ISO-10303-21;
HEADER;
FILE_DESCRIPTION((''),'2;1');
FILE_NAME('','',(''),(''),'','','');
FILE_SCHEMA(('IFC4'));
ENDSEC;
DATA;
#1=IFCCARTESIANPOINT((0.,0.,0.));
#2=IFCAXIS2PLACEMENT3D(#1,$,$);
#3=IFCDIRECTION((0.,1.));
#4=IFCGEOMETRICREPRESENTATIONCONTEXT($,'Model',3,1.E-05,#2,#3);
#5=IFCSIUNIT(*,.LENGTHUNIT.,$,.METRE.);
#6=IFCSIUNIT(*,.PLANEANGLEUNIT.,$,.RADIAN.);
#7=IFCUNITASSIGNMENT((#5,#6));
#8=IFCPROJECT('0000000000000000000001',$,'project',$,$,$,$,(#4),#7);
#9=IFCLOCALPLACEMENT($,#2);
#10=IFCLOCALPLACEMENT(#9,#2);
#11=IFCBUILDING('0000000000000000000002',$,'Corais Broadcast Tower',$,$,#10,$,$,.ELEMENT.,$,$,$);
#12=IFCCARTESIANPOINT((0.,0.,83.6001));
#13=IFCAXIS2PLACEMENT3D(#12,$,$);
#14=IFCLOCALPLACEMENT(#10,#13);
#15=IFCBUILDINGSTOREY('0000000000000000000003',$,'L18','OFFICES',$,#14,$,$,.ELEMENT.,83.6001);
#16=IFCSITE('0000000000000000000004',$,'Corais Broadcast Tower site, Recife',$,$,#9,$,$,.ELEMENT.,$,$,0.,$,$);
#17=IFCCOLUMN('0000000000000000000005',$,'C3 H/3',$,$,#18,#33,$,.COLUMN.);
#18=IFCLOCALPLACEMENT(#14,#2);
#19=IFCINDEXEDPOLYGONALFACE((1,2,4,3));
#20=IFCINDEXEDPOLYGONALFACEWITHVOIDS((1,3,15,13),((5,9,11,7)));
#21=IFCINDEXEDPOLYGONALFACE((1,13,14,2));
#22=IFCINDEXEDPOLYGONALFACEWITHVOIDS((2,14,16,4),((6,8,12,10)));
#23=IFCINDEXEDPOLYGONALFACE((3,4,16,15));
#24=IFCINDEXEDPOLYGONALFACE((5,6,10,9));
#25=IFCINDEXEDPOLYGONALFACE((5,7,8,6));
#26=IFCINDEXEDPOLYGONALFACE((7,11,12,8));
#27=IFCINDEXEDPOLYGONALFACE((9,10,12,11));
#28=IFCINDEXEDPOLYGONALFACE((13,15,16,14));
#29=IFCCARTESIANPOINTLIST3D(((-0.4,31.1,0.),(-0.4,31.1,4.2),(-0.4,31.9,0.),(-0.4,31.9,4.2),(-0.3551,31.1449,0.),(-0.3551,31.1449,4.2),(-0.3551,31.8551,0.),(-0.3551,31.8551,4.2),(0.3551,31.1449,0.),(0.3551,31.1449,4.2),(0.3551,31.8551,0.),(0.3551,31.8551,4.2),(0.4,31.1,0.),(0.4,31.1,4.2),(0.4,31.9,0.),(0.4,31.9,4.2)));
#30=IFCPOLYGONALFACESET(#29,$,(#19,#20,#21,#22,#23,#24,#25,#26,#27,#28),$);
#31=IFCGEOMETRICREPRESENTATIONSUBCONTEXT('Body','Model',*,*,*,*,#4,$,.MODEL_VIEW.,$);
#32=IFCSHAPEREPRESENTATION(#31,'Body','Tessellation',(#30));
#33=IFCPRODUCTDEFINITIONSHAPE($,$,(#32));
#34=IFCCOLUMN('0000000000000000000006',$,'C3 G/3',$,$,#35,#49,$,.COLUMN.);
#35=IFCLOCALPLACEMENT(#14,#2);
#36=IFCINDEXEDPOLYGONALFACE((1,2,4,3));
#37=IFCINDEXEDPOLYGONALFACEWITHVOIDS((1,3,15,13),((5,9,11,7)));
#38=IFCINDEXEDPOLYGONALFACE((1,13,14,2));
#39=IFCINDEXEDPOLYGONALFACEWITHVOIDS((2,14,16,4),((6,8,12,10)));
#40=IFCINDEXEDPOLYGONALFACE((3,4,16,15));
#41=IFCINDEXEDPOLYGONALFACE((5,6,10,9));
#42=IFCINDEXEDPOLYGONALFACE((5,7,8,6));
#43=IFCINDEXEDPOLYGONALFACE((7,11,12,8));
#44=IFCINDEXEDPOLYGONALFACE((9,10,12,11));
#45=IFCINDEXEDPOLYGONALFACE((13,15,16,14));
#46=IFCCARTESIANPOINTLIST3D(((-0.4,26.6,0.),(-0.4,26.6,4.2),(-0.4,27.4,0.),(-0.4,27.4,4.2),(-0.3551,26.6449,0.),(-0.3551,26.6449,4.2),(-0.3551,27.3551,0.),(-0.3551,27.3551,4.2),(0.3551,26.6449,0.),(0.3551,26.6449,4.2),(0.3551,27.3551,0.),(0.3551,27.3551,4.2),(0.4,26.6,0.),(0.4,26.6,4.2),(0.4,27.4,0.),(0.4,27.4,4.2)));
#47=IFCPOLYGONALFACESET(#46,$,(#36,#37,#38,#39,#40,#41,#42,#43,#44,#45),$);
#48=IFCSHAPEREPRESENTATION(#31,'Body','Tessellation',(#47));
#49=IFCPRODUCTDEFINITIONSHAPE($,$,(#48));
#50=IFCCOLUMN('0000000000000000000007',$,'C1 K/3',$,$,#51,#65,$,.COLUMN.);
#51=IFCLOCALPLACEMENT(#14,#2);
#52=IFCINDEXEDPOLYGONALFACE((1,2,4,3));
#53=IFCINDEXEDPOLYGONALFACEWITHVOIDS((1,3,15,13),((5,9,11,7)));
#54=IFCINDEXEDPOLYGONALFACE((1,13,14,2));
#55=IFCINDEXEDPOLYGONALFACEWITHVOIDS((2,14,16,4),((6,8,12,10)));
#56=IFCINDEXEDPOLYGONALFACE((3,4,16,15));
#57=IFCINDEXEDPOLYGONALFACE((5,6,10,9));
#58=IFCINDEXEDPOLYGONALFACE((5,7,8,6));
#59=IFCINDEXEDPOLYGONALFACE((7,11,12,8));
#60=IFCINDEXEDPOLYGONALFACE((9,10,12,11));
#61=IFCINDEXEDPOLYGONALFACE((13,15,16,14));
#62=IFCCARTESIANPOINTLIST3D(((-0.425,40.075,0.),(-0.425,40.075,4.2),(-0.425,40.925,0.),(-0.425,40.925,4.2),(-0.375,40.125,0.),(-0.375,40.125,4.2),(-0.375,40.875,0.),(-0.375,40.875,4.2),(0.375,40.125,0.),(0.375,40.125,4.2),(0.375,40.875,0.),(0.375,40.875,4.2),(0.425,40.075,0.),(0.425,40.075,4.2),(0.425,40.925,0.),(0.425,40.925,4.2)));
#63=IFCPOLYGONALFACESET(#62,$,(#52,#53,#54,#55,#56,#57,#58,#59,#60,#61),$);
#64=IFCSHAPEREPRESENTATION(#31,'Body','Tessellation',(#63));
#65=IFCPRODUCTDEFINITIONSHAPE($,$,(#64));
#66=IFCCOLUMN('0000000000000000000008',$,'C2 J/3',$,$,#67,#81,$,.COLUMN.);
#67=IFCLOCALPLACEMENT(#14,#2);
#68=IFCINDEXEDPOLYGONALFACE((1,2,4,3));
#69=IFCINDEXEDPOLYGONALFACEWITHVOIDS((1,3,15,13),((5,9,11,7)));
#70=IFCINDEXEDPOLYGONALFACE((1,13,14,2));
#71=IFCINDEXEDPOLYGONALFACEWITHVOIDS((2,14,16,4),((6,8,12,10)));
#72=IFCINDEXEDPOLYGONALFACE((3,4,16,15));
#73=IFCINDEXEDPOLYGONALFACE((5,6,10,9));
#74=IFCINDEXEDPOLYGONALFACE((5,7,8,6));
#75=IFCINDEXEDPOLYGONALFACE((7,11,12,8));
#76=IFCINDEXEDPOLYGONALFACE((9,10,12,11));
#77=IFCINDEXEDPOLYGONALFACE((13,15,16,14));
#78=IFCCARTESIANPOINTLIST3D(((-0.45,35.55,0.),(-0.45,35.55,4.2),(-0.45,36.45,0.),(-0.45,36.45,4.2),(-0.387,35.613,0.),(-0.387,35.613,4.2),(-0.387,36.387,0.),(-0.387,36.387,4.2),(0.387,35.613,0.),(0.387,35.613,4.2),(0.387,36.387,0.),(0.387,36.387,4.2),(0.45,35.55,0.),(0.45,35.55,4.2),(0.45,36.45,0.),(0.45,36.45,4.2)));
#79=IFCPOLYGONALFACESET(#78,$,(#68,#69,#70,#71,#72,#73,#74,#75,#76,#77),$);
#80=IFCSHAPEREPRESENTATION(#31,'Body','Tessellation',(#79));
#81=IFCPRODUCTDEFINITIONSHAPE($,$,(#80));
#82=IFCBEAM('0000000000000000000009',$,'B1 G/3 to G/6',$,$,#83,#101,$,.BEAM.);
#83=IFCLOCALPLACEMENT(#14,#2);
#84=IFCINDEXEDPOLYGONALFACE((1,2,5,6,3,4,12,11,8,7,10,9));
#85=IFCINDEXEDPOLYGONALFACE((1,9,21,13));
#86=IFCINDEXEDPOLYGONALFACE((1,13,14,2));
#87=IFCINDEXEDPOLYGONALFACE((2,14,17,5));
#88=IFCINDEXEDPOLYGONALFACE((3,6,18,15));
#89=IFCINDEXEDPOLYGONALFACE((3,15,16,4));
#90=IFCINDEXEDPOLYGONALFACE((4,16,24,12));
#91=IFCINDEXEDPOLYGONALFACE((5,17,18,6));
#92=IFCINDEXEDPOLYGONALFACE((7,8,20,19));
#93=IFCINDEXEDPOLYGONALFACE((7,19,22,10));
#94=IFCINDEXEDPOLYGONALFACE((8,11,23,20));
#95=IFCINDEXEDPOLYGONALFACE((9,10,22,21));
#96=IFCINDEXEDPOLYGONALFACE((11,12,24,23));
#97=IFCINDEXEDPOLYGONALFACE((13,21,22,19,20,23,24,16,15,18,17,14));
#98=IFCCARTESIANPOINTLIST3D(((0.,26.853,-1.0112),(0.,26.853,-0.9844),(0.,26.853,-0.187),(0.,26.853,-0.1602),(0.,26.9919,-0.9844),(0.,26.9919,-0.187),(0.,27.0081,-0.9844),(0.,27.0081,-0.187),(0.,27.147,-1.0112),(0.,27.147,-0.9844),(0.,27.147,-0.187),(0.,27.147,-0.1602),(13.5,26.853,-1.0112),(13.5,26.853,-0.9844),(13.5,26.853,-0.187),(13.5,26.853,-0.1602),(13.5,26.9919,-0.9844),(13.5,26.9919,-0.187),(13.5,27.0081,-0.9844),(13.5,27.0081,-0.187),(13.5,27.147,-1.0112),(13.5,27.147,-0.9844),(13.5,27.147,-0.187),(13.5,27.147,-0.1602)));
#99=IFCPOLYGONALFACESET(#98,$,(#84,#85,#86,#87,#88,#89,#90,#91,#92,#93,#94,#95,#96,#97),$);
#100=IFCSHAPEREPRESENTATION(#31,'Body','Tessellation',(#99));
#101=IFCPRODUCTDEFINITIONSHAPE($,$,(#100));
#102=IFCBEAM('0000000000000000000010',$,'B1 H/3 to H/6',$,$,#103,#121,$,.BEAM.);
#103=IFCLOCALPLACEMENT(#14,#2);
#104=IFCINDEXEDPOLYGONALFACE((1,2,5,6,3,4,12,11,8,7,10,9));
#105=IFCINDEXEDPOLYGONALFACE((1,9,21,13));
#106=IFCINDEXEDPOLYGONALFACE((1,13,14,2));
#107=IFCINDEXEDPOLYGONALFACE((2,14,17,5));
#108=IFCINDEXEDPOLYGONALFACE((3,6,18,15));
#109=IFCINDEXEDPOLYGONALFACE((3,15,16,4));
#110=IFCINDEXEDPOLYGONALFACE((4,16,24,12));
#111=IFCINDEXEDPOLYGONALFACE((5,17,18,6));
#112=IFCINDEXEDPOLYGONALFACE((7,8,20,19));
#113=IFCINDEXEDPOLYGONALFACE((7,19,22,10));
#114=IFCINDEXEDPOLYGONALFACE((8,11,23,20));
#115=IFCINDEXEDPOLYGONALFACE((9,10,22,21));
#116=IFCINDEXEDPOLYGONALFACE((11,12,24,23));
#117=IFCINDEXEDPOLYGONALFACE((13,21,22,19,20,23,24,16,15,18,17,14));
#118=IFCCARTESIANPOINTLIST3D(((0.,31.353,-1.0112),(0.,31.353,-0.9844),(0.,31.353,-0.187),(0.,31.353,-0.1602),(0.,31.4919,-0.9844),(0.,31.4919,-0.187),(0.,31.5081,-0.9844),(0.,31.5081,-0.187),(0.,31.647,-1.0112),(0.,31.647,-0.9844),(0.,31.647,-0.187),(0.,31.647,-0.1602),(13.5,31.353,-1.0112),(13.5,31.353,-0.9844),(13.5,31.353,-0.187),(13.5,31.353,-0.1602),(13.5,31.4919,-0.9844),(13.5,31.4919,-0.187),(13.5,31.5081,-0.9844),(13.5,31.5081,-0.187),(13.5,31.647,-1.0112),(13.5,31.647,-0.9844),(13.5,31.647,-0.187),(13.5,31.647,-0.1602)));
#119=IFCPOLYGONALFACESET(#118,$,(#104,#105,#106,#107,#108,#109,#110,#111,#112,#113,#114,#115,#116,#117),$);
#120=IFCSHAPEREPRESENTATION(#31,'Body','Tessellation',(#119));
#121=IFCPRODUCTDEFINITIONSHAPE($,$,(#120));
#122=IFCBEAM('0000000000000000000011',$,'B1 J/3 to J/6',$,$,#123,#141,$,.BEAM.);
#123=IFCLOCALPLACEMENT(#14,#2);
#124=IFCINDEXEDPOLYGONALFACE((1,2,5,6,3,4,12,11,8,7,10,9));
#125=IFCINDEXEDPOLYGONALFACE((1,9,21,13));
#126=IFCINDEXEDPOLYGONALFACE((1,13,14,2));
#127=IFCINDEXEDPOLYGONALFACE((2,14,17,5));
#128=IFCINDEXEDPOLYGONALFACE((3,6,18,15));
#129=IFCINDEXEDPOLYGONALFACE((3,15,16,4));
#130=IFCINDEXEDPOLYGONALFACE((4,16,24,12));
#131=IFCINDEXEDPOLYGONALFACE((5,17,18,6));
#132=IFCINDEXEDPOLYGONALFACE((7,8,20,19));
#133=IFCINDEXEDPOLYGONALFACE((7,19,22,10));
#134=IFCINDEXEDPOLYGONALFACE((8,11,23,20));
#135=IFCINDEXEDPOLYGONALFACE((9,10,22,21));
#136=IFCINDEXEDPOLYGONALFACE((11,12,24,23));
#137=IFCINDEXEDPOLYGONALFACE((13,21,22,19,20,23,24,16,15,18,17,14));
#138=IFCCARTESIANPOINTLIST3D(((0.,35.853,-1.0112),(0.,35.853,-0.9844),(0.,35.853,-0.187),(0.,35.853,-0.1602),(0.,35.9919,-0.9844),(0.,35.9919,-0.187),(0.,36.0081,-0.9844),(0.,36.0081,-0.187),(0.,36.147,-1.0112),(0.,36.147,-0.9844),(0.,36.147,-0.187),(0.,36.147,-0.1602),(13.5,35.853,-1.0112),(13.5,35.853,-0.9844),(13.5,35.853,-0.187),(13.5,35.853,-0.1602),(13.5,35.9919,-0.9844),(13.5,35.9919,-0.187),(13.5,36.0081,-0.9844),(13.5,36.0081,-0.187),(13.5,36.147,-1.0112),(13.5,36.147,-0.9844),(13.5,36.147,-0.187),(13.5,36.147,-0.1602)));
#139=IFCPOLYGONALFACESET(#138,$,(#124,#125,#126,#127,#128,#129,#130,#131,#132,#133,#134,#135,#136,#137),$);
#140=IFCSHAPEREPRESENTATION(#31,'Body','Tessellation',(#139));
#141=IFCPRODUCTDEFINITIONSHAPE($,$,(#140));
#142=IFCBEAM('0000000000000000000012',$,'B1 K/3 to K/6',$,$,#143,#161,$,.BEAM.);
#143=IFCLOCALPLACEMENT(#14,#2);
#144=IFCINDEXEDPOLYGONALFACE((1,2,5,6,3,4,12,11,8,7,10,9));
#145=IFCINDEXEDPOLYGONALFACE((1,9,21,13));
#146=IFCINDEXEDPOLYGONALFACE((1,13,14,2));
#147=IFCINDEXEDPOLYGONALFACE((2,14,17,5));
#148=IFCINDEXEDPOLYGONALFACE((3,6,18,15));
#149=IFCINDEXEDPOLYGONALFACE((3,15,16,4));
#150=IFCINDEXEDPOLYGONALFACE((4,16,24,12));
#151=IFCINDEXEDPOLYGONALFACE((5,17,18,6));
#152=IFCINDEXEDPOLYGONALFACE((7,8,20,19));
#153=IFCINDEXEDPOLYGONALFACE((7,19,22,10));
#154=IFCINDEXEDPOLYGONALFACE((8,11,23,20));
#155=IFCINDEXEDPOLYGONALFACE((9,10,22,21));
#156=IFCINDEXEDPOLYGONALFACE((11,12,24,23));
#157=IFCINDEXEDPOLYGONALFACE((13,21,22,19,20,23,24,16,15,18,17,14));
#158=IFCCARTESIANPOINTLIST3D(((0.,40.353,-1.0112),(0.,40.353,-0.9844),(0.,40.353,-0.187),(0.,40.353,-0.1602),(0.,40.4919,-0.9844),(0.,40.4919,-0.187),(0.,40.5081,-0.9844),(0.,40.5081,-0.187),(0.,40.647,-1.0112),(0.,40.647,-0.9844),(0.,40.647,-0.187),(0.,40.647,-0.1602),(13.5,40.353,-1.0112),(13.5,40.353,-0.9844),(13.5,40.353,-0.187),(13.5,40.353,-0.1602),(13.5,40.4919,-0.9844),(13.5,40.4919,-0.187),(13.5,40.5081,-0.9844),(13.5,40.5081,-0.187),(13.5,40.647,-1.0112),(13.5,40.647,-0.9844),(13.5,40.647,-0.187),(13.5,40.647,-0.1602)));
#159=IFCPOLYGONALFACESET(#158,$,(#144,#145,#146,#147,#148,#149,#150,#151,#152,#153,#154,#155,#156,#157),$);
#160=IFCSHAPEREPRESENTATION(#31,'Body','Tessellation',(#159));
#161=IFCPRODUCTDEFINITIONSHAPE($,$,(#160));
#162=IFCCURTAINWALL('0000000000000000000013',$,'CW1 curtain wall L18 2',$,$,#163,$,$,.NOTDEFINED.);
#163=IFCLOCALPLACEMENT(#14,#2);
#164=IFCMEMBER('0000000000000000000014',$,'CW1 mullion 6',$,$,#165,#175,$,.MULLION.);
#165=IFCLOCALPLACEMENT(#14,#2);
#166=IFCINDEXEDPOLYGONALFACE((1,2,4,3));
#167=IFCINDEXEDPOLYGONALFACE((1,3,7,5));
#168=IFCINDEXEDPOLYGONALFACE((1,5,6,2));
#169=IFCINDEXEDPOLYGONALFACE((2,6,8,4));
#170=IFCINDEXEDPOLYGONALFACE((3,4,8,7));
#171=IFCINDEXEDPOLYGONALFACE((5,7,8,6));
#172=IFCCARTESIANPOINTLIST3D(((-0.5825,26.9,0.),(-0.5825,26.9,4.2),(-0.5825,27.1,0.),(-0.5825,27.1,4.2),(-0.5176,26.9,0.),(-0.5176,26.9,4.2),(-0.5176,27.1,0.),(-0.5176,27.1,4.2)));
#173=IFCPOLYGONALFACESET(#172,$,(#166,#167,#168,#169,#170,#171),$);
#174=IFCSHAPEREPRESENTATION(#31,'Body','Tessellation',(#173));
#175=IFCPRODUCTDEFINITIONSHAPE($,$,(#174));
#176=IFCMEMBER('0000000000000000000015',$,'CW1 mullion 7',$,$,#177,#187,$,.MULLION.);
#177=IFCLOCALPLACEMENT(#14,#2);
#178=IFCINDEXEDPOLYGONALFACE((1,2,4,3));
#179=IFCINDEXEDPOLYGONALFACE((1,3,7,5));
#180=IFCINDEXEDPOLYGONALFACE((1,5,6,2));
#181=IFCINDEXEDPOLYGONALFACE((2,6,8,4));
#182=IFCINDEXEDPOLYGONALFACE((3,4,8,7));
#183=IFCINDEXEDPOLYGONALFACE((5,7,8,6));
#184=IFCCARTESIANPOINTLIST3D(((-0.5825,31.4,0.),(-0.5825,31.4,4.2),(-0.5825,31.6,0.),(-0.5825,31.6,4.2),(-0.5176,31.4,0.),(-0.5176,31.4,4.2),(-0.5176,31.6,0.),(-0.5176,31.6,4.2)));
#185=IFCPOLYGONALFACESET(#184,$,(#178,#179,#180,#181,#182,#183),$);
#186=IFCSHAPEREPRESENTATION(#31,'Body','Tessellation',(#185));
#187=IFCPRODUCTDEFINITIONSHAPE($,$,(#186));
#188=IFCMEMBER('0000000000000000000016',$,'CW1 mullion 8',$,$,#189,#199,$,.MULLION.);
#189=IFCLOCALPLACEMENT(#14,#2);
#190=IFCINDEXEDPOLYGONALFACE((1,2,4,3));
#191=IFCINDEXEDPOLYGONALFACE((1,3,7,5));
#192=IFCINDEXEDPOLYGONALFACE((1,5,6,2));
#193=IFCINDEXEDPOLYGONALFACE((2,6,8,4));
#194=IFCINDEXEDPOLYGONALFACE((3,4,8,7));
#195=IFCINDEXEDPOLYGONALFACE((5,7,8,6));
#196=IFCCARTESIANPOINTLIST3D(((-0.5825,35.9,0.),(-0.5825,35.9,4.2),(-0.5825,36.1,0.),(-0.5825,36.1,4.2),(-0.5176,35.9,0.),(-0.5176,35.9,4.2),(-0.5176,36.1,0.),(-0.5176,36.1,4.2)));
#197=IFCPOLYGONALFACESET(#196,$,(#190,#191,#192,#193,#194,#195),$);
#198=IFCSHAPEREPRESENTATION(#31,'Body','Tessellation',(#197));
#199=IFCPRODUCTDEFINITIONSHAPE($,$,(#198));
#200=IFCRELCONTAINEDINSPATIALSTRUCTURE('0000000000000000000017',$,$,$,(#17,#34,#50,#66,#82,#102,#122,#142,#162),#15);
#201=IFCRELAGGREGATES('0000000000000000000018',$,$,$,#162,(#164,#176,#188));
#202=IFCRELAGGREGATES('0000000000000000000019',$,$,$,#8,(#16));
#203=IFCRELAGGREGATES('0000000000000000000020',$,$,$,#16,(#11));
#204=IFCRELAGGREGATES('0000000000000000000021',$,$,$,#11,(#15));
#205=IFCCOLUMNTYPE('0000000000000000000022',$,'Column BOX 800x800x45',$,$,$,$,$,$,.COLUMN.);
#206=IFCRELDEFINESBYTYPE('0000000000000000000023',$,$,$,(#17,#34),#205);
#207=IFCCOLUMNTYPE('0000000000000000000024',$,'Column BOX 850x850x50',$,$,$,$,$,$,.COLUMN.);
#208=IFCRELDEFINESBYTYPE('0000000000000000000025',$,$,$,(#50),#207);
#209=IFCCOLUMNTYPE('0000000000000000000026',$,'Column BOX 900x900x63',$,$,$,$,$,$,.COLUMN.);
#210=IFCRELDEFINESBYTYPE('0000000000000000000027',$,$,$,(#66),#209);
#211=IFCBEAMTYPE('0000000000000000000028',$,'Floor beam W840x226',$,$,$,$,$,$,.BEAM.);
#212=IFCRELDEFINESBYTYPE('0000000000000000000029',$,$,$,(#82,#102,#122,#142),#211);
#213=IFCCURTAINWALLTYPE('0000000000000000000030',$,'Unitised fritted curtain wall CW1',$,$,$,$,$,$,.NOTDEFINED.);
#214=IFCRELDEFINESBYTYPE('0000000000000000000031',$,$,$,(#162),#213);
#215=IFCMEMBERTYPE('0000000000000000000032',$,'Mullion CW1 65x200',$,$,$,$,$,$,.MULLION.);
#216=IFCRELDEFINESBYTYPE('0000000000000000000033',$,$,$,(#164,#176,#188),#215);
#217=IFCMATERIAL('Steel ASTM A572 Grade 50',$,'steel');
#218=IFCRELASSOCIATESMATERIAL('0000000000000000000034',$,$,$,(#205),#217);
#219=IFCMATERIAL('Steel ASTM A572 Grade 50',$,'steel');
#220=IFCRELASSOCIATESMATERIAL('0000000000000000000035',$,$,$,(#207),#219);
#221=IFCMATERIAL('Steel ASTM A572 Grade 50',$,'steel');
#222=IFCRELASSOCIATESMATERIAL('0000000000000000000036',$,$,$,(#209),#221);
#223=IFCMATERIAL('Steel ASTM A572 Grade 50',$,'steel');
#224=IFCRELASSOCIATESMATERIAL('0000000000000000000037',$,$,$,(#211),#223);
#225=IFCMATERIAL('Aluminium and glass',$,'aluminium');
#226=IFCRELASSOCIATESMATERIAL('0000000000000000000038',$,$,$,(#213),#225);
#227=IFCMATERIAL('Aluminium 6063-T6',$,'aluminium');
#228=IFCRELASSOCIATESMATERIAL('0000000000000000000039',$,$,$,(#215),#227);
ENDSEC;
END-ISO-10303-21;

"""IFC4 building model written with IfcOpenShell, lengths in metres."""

from ifc_helpers import new_model, si_unit, direction, frame, origin, origin_2d, place, context, subcontext, project, spatial, rectangle, hollow_rectangle, i_section, extrude, material, material_profile, profile_set, type_object, element, aggregate, save


model = new_model("IFC4")

# Units and contexts
model_context = context("Model", 3, precision=1e-05, world=origin(), true_north=direction((0.0, 1.0)))
body_context = subcontext(model_context, "Body", "Model", "MODEL_VIEW")
ifc_project = project(units=[si_unit("LENGTHUNIT", "METRE"), si_unit("PLANEANGLEUNIT", "RADIAN")], contexts=[model_context])

# Site, building, storey
site_placement = place(None, origin())
site = spatial("IfcSite", under=ifc_project, at=site_placement, Name="Corais Broadcast Tower site, Recife", CompositionType="ELEMENT", RefElevation=0.0)
building_placement = place(site_placement, origin())
building = spatial("IfcBuilding", under=site, at=building_placement, Name="Corais Broadcast Tower", CompositionType="ELEMENT")
storey_placement = place(building_placement, frame((0.0, 0.0, 83.6001)))
storey = spatial("IfcBuildingStorey", under=building, at=storey_placement, Name="L18", Description="OFFICES", CompositionType="ELEMENT", Elevation=83.6001)

# Columns
ifc_material_1 = material(Name="Steel ASTM A572 Grade 50", Category="steel")
ifc_material_profile_1 = material_profile(ifc_material_1, hollow_rectangle(XDim=0.8, YDim=0.8, WallThickness=0.0449, at=origin_2d()), Name="BOX 800x800x45")
ifc_profile_set_1 = profile_set([ifc_material_profile_1], Name="Steel ASTM A572 Grade 50")
column_type_1 = type_object("IfcColumnType", Name="Column BOX 800x800x45", PredefinedType="COLUMN", material=ifc_profile_set_1)
for number, where, z_axis, x_axis, name in (
    (1, (0.0, 31.5, 0.0), (0.0, 0.0, 1.0), (1.0, 0.0, 0.0), "C3 H/3"),
    (2, (0.0, 27.0, 0.0), (0.0, 0.0, 1.0), (1.0, 0.0, 0.0), "C3 G/3"),
):
    element("IfcColumn", number, at=place(storey_placement, frame(where, z_axis=z_axis, x_axis=x_axis)), inside=storey, type_object=column_type_1, Name=name, PredefinedType="COLUMN", context=body_context, shape_type="SweptSolid", body=[
        extrude(hollow_rectangle(XDim=0.8, YDim=0.8, WallThickness=0.0449, at=origin_2d()), origin(), (0.0, 0.0, 1.0), 4.2),
    ])
ifc_material_2 = material(Name="Steel ASTM A572 Grade 50", Category="steel")
ifc_material_profile_2 = material_profile(ifc_material_2, hollow_rectangle(XDim=0.8501, YDim=0.8501, WallThickness=0.05, at=origin_2d()), Name="BOX 850x850x50")
ifc_profile_set_2 = profile_set([ifc_material_profile_2], Name="Steel ASTM A572 Grade 50")
column_type_2 = type_object("IfcColumnType", Name="Column BOX 850x850x50", PredefinedType="COLUMN", material=ifc_profile_set_2)
column_1_placement = place(storey_placement, frame((0.0, 40.5, 0.0), z_axis=(0.0, 0.0, 1.0), x_axis=(1.0, 0.0, 0.0)))
element("IfcColumn", 3, at=column_1_placement, inside=storey, type_object=column_type_2, Name="C1 K/3", PredefinedType="COLUMN", context=body_context, shape_type="SweptSolid", body=[
    extrude(hollow_rectangle(XDim=0.8501, YDim=0.8501, WallThickness=0.05, at=origin_2d()), origin(), (0.0, 0.0, 1.0), 4.2),
])
ifc_material_3 = material(Name="Steel ASTM A572 Grade 50", Category="steel")
ifc_material_profile_3 = material_profile(ifc_material_3, hollow_rectangle(XDim=0.8999, YDim=0.8999, WallThickness=0.063, at=origin_2d()), Name="BOX 900x900x63")
ifc_profile_set_3 = profile_set([ifc_material_profile_3], Name="Steel ASTM A572 Grade 50")
column_type_3 = type_object("IfcColumnType", Name="Column BOX 900x900x63", PredefinedType="COLUMN", material=ifc_profile_set_3)
column_2_placement = place(storey_placement, frame((0.0, 36.0, 0.0), z_axis=(0.0, 0.0, 1.0), x_axis=(1.0, 0.0, 0.0)))
element("IfcColumn", 4, at=column_2_placement, inside=storey, type_object=column_type_3, Name="C2 J/3", PredefinedType="COLUMN", context=body_context, shape_type="SweptSolid", body=[
    extrude(hollow_rectangle(XDim=0.8999, YDim=0.8999, WallThickness=0.063, at=origin_2d()), origin(), (0.0, 0.0, 1.0), 4.2),
])

# Beams
ifc_material_4 = material(Name="Steel ASTM A572 Grade 50", Category="steel")
ifc_material_profile_4 = material_profile(ifc_material_4, i_section(OverallWidth=0.2939, OverallDepth=0.8511, WebThickness=0.0161, FlangeThickness=0.0269, at=origin_2d()), Name="W840x226")
ifc_profile_set_4 = profile_set([ifc_material_profile_4], Name="Steel ASTM A572 Grade 50")
beam_type_1 = type_object("IfcBeamType", Name="Floor beam W840x226", PredefinedType="BEAM", material=ifc_profile_set_4)
for number, where, z_axis, x_axis, name in (
    (5, (0.0, 27.0, -0.5857), (1.0, 0.0, 0.0), (0.0, 1.0, 0.0), "B1 G/3 to G/6"),
    (6, (0.0, 31.5, -0.5857), (1.0, 0.0, 0.0), (0.0, 1.0, 0.0), "B1 H/3 to H/6"),
    (7, (0.0, 36.0, -0.5857), (1.0, 0.0, 0.0), (0.0, 1.0, 0.0), "B1 J/3 to J/6"),
    (8, (0.0, 40.5, -0.5857), (1.0, 0.0, 0.0), (0.0, 1.0, 0.0), "B1 K/3 to K/6"),
):
    element("IfcBeam", number, at=place(storey_placement, frame(where, z_axis=z_axis, x_axis=x_axis)), inside=storey, type_object=beam_type_1, Name=name, PredefinedType="BEAM", context=body_context, shape_type="SweptSolid", body=[
        extrude(i_section(OverallWidth=0.2939, OverallDepth=0.8511, WebThickness=0.0161, FlangeThickness=0.0269, at=origin_2d()), origin(), (0.0, 0.0, 1.0), 13.5),
    ])

# Curtain wall, members
ifc_material_5 = material(Name="Aluminium and glass", Category="aluminium")
curtain_wall_type = type_object("IfcCurtainWallType", Name="Unitised fritted curtain wall CW1", PredefinedType="NOTDEFINED", material=ifc_material_5)
curtain_wall_placement = place(storey_placement, origin())
curtain_wall = element("IfcCurtainWall", 9, at=curtain_wall_placement, inside=storey, type_object=curtain_wall_type, Name="CW1 curtain wall L18 2", PredefinedType="NOTDEFINED")
ifc_material_6 = material(Name="Aluminium 6063-T6", Category="aluminium")
ifc_material_profile_5 = material_profile(ifc_material_6, rectangle(XDim=0.0649, YDim=0.2, at=origin_2d()), Name="Mullion CW1 65x200")
ifc_profile_set_5 = profile_set([ifc_material_profile_5], Name="Aluminium 6063-T6")
member_type_1 = type_object("IfcMemberType", Name="Mullion CW1 65x200", PredefinedType="MULLION", material=ifc_profile_set_5)
member_1_placement = place(storey_placement, frame((-0.55, 27.0, 0.0), z_axis=(0.0, 0.0, 1.0), x_axis=(-1.0, 0.0, 0.0)))
member_1 = element("IfcMember", 10, at=member_1_placement, type_object=member_type_1, Name="CW1 mullion 6", PredefinedType="MULLION", context=body_context, shape_type="SweptSolid", body=[
    extrude(rectangle(XDim=0.0649, YDim=0.2, at=origin_2d()), origin(), (0.0, 0.0, 1.0), 4.2),
])
member_2_placement = place(storey_placement, frame((-0.55, 31.5, 0.0), z_axis=(0.0, 0.0, 1.0), x_axis=(-1.0, 0.0, 0.0)))
member_2 = element("IfcMember", 11, at=member_2_placement, type_object=member_type_1, Name="CW1 mullion 7", PredefinedType="MULLION", context=body_context, shape_type="SweptSolid", body=[
    extrude(rectangle(XDim=0.0649, YDim=0.2, at=origin_2d()), origin(), (0.0, 0.0, 1.0), 4.2),
])
member_3_placement = place(storey_placement, frame((-0.55, 36.0, 0.0), z_axis=(0.0, 0.0, 1.0), x_axis=(-1.0, 0.0, 0.0)))
member_3 = element("IfcMember", 12, at=member_3_placement, type_object=member_type_1, Name="CW1 mullion 8", PredefinedType="MULLION", context=body_context, shape_type="SweptSolid", body=[
    extrude(rectangle(XDim=0.0649, YDim=0.2, at=origin_2d()), origin(), (0.0, 0.0, 1.0), 4.2),
])

aggregate(curtain_wall, [member_1, member_2, member_3])

save(model, "model.ifc")
